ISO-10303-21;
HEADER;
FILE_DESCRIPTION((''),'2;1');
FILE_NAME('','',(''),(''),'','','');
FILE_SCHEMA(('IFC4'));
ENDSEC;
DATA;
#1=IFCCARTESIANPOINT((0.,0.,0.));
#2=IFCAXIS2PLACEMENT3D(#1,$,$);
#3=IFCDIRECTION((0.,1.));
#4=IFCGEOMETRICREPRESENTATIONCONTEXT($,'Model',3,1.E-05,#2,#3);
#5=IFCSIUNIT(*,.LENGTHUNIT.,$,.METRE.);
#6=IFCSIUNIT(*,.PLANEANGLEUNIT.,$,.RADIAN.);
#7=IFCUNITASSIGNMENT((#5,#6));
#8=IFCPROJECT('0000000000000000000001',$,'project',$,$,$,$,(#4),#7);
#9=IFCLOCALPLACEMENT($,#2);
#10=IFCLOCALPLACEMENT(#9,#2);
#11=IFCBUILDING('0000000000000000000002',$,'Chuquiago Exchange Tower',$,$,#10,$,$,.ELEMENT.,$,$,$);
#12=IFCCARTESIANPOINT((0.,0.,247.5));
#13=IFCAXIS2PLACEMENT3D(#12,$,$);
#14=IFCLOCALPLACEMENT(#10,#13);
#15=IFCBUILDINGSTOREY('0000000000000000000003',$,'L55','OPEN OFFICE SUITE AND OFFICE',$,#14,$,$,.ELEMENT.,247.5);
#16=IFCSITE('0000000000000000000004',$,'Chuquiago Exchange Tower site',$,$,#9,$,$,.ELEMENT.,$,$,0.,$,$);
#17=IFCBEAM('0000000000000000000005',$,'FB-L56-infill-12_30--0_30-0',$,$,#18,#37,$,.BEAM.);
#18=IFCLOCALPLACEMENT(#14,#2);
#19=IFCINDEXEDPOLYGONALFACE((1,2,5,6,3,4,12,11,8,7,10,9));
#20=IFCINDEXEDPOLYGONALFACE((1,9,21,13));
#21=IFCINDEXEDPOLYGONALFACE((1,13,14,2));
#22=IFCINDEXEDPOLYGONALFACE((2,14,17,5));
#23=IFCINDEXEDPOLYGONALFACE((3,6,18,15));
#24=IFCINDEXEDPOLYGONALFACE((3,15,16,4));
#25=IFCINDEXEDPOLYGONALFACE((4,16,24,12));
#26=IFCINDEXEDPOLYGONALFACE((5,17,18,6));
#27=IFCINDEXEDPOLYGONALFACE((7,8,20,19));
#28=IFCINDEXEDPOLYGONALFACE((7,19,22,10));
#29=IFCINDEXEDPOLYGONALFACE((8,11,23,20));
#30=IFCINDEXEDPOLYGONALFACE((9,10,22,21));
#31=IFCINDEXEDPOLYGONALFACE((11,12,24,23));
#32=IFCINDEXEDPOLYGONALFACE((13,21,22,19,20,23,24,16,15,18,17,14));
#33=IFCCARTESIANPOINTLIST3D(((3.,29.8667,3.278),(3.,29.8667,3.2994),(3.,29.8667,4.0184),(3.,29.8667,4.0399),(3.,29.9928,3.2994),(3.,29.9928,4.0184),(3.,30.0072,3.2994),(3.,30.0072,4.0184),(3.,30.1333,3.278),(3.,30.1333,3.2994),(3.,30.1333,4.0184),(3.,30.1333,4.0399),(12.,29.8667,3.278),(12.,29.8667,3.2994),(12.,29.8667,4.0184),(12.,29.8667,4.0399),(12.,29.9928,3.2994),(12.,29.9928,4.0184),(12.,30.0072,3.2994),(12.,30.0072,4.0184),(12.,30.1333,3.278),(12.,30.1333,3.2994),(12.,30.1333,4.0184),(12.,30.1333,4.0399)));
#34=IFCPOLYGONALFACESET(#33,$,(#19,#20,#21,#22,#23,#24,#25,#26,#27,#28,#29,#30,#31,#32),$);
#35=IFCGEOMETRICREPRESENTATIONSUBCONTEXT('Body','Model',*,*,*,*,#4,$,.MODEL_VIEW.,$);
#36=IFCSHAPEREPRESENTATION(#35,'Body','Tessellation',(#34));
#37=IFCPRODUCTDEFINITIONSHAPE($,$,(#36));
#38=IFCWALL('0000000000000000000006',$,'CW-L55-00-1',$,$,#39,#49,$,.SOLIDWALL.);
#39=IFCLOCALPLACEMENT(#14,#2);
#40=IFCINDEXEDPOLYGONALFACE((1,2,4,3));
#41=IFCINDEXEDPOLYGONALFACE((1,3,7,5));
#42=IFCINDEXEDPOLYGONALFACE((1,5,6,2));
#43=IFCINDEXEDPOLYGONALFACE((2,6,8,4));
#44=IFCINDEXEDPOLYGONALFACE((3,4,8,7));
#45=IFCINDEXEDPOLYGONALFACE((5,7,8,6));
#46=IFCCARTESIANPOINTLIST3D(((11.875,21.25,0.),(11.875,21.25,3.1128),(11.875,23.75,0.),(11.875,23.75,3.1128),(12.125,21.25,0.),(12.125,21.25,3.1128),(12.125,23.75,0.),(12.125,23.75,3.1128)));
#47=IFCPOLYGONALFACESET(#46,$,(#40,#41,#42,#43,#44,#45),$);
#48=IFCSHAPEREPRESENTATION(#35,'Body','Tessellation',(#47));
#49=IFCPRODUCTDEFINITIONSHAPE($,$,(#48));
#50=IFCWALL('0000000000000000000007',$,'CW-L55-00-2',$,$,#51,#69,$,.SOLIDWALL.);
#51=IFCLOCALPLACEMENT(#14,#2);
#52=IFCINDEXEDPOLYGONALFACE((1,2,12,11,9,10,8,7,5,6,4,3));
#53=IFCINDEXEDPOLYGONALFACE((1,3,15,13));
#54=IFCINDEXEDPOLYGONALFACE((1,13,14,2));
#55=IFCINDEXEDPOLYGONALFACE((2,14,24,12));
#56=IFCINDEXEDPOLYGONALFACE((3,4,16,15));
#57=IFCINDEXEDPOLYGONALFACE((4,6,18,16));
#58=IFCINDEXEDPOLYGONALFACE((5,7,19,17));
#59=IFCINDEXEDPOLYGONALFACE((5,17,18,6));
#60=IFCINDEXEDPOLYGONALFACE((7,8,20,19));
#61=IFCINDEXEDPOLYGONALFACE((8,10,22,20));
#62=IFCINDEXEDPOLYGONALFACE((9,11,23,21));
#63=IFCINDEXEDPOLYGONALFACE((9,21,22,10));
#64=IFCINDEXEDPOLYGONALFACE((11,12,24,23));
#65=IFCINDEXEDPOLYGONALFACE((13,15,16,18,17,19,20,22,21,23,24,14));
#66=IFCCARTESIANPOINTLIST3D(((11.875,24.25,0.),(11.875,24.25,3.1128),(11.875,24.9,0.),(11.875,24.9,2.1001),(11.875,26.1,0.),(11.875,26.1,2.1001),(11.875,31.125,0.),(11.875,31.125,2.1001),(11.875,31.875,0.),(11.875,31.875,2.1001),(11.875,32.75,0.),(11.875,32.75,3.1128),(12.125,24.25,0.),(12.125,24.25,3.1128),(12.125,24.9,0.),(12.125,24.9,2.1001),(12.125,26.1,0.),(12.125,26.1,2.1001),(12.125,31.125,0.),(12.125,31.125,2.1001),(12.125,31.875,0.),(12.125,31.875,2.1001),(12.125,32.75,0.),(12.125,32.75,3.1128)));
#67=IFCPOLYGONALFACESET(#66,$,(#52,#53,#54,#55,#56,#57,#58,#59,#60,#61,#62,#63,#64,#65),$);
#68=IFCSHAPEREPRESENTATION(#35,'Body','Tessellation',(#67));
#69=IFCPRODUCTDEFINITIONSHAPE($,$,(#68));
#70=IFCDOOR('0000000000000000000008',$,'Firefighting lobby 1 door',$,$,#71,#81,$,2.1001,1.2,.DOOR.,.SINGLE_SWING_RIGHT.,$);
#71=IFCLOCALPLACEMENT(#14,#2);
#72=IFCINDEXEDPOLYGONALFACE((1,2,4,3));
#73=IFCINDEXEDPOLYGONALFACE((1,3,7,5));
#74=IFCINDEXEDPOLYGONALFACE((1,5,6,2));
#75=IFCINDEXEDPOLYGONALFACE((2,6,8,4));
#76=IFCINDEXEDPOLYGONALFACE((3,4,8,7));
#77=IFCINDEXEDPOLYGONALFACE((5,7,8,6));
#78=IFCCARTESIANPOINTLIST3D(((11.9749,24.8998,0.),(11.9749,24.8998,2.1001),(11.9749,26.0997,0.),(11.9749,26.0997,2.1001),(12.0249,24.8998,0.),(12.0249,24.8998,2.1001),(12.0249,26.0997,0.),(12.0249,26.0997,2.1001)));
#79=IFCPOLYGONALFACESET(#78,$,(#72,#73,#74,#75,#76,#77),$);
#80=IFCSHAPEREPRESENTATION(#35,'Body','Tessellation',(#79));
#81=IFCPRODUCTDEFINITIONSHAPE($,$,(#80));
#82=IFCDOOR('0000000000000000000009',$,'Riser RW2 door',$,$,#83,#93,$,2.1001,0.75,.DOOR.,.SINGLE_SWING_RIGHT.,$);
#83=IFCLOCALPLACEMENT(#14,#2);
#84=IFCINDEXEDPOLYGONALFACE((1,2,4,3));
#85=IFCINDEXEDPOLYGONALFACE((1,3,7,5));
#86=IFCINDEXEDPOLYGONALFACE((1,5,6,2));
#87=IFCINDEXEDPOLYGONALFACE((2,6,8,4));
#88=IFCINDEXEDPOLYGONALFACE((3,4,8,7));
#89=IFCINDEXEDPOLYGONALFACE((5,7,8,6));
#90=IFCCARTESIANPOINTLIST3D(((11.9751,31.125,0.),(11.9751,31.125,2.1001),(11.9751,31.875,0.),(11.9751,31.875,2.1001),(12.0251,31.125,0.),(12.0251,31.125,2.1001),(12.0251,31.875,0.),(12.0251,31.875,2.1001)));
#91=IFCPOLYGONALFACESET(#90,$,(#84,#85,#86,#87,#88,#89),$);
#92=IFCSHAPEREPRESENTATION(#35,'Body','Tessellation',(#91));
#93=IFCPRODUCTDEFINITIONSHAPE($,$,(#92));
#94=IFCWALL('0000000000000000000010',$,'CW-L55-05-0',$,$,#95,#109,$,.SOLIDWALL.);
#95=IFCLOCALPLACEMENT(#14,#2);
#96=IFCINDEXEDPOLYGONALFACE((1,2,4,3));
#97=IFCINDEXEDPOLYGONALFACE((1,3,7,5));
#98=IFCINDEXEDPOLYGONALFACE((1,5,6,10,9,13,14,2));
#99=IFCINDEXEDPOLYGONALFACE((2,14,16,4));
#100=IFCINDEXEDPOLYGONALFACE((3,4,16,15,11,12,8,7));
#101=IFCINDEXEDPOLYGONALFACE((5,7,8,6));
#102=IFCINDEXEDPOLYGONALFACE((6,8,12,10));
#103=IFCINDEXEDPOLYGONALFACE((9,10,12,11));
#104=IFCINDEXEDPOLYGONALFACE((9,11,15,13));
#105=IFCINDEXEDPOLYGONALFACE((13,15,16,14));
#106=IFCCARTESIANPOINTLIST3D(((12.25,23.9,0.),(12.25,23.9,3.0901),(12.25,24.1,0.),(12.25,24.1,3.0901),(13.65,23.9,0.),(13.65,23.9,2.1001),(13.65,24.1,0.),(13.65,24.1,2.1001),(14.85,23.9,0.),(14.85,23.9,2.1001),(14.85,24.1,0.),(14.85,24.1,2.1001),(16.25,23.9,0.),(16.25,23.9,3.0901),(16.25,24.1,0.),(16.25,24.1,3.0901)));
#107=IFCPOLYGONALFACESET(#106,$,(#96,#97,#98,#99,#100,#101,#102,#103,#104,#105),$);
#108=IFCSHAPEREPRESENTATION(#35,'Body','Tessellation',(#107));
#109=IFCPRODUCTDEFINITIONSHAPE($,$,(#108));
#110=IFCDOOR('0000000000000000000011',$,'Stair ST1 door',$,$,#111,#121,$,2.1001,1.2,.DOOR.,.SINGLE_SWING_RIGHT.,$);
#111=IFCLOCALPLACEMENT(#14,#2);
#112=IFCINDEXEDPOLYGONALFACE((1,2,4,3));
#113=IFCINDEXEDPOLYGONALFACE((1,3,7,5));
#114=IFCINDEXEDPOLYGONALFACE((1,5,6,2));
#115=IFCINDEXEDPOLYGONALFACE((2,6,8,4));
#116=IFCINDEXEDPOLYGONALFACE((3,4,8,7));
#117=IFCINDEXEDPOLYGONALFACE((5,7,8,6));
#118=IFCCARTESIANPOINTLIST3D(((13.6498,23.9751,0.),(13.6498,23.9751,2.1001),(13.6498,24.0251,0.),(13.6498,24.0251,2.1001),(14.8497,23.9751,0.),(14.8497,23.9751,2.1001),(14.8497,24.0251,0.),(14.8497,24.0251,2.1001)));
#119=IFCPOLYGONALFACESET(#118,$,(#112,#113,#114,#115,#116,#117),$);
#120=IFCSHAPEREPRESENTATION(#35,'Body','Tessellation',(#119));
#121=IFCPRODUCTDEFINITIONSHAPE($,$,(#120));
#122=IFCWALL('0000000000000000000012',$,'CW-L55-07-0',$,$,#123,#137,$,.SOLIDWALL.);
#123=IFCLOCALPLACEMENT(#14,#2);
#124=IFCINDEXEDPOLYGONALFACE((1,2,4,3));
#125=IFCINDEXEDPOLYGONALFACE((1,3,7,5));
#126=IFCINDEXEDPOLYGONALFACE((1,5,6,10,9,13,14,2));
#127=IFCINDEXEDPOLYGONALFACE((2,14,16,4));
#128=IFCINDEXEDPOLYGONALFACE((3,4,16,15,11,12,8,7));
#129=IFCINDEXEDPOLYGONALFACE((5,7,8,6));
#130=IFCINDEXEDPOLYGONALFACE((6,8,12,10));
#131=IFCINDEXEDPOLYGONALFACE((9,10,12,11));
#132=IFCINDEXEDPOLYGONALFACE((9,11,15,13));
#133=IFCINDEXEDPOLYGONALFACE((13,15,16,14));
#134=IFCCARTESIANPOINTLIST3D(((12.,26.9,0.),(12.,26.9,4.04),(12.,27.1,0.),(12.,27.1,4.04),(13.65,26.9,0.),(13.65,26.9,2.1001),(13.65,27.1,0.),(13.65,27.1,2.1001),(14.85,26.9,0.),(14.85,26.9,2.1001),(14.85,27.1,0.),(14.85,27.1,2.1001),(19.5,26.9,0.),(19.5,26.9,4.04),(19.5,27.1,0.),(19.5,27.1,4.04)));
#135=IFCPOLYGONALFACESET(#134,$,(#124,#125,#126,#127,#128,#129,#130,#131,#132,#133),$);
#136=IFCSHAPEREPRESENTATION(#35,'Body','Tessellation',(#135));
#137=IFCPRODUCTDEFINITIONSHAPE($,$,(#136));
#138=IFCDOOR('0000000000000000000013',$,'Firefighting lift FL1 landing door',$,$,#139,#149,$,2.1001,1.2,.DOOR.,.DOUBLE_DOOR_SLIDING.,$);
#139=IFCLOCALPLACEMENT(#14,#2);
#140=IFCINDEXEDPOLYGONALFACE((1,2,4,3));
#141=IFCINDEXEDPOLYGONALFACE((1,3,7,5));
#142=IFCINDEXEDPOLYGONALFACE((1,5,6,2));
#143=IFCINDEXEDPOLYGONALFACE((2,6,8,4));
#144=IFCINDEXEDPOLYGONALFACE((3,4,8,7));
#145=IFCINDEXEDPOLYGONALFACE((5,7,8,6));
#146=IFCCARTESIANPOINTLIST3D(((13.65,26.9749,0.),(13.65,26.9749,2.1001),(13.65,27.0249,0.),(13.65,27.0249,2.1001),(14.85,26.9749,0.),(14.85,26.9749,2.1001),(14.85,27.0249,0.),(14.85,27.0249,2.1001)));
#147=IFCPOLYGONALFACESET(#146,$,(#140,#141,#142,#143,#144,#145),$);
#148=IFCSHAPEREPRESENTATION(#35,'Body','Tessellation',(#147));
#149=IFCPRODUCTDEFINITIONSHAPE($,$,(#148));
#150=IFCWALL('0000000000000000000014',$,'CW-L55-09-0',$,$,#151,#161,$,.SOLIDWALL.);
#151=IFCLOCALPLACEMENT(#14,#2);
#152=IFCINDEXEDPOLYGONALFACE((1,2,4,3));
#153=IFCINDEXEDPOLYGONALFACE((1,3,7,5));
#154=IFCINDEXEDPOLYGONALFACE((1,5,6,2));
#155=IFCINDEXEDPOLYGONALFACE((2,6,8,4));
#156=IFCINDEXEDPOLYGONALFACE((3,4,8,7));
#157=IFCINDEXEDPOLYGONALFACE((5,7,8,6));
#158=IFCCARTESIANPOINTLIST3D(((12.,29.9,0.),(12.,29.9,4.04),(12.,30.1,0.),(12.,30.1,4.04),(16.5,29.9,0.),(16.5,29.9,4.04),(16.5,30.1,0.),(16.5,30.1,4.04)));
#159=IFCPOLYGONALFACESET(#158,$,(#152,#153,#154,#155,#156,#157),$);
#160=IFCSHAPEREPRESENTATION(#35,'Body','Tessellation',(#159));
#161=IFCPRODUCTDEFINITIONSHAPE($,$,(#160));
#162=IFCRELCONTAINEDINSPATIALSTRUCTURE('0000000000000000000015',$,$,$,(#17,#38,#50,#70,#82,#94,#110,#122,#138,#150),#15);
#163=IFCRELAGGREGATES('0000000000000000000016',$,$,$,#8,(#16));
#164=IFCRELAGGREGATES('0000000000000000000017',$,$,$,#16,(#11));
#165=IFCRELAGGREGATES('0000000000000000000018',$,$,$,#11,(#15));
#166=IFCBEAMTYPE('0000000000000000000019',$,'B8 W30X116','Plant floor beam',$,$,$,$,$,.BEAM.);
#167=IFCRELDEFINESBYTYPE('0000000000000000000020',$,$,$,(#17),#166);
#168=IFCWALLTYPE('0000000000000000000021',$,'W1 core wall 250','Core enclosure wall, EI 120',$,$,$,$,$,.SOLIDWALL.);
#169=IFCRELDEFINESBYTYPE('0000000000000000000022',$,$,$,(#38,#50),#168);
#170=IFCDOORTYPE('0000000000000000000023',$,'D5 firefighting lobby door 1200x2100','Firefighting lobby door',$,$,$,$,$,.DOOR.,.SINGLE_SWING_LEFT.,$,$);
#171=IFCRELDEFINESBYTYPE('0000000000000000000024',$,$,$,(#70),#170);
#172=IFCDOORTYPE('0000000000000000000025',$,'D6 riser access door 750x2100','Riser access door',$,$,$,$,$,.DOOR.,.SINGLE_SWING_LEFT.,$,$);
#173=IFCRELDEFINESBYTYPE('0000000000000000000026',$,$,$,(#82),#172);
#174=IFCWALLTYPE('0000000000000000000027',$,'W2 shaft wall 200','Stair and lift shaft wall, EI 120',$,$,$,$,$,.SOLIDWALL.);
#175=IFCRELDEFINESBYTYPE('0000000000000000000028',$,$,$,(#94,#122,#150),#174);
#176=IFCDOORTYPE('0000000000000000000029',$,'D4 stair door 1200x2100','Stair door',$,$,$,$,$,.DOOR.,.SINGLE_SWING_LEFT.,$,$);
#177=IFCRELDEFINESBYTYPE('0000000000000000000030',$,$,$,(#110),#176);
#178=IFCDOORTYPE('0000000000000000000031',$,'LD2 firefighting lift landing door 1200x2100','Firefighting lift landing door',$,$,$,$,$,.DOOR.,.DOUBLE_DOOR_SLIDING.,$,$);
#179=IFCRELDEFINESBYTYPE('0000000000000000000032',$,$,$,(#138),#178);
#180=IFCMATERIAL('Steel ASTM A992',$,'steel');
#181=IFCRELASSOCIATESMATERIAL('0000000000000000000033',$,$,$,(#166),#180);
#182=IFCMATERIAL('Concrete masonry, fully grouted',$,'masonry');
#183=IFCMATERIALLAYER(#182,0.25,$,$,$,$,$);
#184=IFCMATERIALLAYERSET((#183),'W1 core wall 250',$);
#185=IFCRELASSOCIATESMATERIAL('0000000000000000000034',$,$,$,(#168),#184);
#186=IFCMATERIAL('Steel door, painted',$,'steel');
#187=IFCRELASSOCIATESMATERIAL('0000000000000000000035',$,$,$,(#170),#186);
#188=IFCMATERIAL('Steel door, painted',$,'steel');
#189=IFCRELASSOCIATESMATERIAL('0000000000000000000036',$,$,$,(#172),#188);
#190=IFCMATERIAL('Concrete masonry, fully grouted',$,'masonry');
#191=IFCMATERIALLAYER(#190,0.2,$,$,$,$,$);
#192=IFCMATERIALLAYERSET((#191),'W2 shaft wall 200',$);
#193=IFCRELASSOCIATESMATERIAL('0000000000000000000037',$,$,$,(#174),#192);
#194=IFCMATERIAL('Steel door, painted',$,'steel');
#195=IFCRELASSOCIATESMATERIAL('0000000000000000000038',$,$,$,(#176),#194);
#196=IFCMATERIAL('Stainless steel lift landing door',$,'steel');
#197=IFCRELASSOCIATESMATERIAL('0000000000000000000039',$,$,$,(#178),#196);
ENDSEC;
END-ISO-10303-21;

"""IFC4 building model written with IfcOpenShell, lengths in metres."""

from ifc_helpers import new_model, si_unit, direction, frame, frame_2d, origin, origin_2d, place, context, subcontext, project, spatial, rectangle, i_section, extrude, material, layer, layer_set, material_profile, profile_set, type_object, element, fill, save


model = new_model("IFC4")

# Units and contexts
model_context = context("Model", 3, precision=1e-05, world=origin(), true_north=direction((0.0, 1.0)))
body_context = subcontext(model_context, "Body", "Model", "MODEL_VIEW")
ifc_project = project(units=[si_unit("LENGTHUNIT", "METRE"), si_unit("PLANEANGLEUNIT", "RADIAN")], contexts=[model_context])

# Site, building, storey
site_placement = place(None, origin())
site = spatial("IfcSite", under=ifc_project, at=site_placement, Name="Chuquiago Exchange Tower site", CompositionType="ELEMENT", RefElevation=0.0)
building_placement = place(site_placement, origin())
building = spatial("IfcBuilding", under=site, at=building_placement, Name="Chuquiago Exchange Tower", CompositionType="ELEMENT")
storey_placement = place(building_placement, frame((0.0, 0.0, 247.5)))
storey = spatial("IfcBuildingStorey", under=building, at=storey_placement, Name="L55", Description="OPEN OFFICE SUITE AND OFFICE", CompositionType="ELEMENT", Elevation=247.5)

# Beam
ifc_material_1 = material(Name="Steel ASTM A992", Category="steel")
ifc_material_profile_1 = material_profile(ifc_material_1, i_section(OverallWidth=0.2666, OverallDepth=0.762, WebThickness=0.0144, FlangeThickness=0.0215, at=origin_2d()), Name="W30X116")
ifc_profile_set_1 = profile_set([ifc_material_profile_1], Name="Steel ASTM A992")
beam_type_1 = type_object("IfcBeamType", Name="B8 W30X116", Description="Plant floor beam", PredefinedType="BEAM", material=ifc_profile_set_1)
beam_1_placement = place(storey_placement, frame((12.0, 30.0, 3.6589), z_axis=(-1.0, 0.0, 0.0), x_axis=(0.0, -1.0, 0.0)))
element("IfcBeam", 1, at=beam_1_placement, inside=storey, type_object=beam_type_1, Name="FB-L56-infill-12_30--0_30-0", PredefinedType="BEAM", context=body_context, shape_type="SweptSolid", body=[
    extrude(i_section(OverallWidth=0.2666, OverallDepth=0.762, WebThickness=0.0144, FlangeThickness=0.0215, at=origin_2d()), origin(), (0.0, 0.0, 1.0), 9.0),
])

# Wall
ifc_material_2 = material(Name="Concrete masonry, fully grouted", Category="masonry")
ifc_layer_1 = layer(ifc_material_2, 0.25)
ifc_layer_set_1 = layer_set([ifc_layer_1], Name="W1 core wall 250")
wall_type_1 = type_object("IfcWallType", Name="W1 core wall 250", Description="Core enclosure wall, EI 120", PredefinedType="SOLIDWALL", material=ifc_layer_set_1)
wall_1_placement = place(storey_placement, frame((12.0, 21.25, 0.0), z_axis=(0.0, 0.0, 1.0), x_axis=(0.0, 1.0, 0.0)))
element("IfcWall", 2, at=wall_1_placement, inside=storey, type_object=wall_type_1, Name="CW-L55-00-1", PredefinedType="SOLIDWALL", context=body_context, shape_type="SweptSolid", body=[
    extrude(rectangle(XDim=2.5, YDim=0.25, at=frame_2d((1.25, 0.0))), origin(), (0.0, 0.0, 1.0), 3.1128),
])

# Wall, openings, doors
wall_2_placement = place(storey_placement, frame((12.0, 24.25, 0.0), z_axis=(0.0, 0.0, 1.0), x_axis=(0.0, 1.0, 0.0)))
wall_2 = element("IfcWall", 3, at=wall_2_placement, inside=storey, type_object=wall_type_1, Name="CW-L55-00-2", PredefinedType="SOLIDWALL", context=body_context, shape_type="SweptSolid", body=[
    extrude(rectangle(XDim=8.5, YDim=0.25, at=frame_2d((4.25, 0.0))), origin(), (0.0, 0.0, 1.0), 3.1128),
])
opening_1_placement = place(wall_2_placement, frame((0.6499, 0.0, 0.0)))
opening_1 = element("IfcOpeningElement", 4, at=opening_1_placement, cuts=wall_2, PredefinedType="OPENING", context=body_context, shape_type="SweptSolid", body=[
    extrude(rectangle(XDim=1.2, YDim=2.1001, at=frame_2d((0.6001, 1.05))), frame((0.0, 0.135, 0.0), z_axis=(0.0, -1.0, 0.0), x_axis=(1.0, 0.0, 0.0)), (0.0, 0.0, 1.0), 0.27),
])
opening_2_placement = place(wall_2_placement, frame((6.875, 0.0, 0.0)))
opening_2 = element("IfcOpeningElement", 5, at=opening_2_placement, cuts=wall_2, PredefinedType="OPENING", context=body_context, shape_type="SweptSolid", body=[
    extrude(rectangle(XDim=0.75, YDim=2.1001, at=frame_2d((0.375, 1.05))), frame((0.0, 0.135, 0.0), z_axis=(0.0, -1.0, 0.0), x_axis=(1.0, 0.0, 0.0)), (0.0, 0.0, 1.0), 0.27),
])
ifc_material_3 = material(Name="Steel door, painted", Category="steel")
door_type_1 = type_object("IfcDoorType", Name="D5 firefighting lobby door 1200x2100", Description="Firefighting lobby door", OperationType="SINGLE_SWING_LEFT", PredefinedType="DOOR", material=ifc_material_3)
door_1_placement = place(opening_1_placement, frame((1.2, 0.0, 0.0), z_axis=(0.0, 0.0, 1.0), x_axis=(-1.0, 0.0, 0.0)))
door_1 = element("IfcDoor", 6, at=door_1_placement, inside=storey, type_object=door_type_1, Name="Firefighting lobby 1 door", OperationType="SINGLE_SWING_RIGHT", OverallHeight=2.1001, OverallWidth=1.2, PredefinedType="DOOR", context=body_context, shape_type="SweptSolid", body=[
    extrude(rectangle(XDim=1.2, YDim=2.1001, at=frame_2d((0.6001, 1.05))), frame((0.0, 0.0249, 0.0), z_axis=(0.0, -1.0, 0.0), x_axis=(1.0, 0.0, 0.0)), (0.0, 0.0, 1.0), 0.05),
])
fill(opening_1, door_1)
ifc_material_4 = material(Name="Steel door, painted", Category="steel")
door_type_2 = type_object("IfcDoorType", Name="D6 riser access door 750x2100", Description="Riser access door", OperationType="SINGLE_SWING_LEFT", PredefinedType="DOOR", material=ifc_material_4)
door_2_placement = place(opening_2_placement, origin())
door_2 = element("IfcDoor", 7, at=door_2_placement, inside=storey, type_object=door_type_2, Name="Riser RW2 door", OperationType="SINGLE_SWING_RIGHT", OverallHeight=2.1001, OverallWidth=0.75, PredefinedType="DOOR", context=body_context, shape_type="SweptSolid", body=[
    extrude(rectangle(XDim=0.75, YDim=2.1001, at=frame_2d((0.375, 1.05))), frame((0.0, 0.0249, 0.0), z_axis=(0.0, -1.0, 0.0), x_axis=(1.0, 0.0, 0.0)), (0.0, 0.0, 1.0), 0.05),
])
fill(opening_2, door_2)

# Walls, openings, doors
ifc_material_5 = material(Name="Concrete masonry, fully grouted", Category="masonry")
ifc_layer_2 = layer(ifc_material_5, 0.2)
ifc_layer_set_2 = layer_set([ifc_layer_2], Name="W2 shaft wall 200")
wall_type_2 = type_object("IfcWallType", Name="W2 shaft wall 200", Description="Stair and lift shaft wall, EI 120", PredefinedType="SOLIDWALL", material=ifc_layer_set_2)
wall_3_placement = place(storey_placement, frame((12.25, 24.0, 0.0), z_axis=(0.0, 0.0, 1.0), x_axis=(1.0, 0.0, 0.0)))
wall_3 = element("IfcWall", 8, at=wall_3_placement, inside=storey, type_object=wall_type_2, Name="CW-L55-05-0", PredefinedType="SOLIDWALL", context=body_context, shape_type="SweptSolid", body=[
    extrude(rectangle(XDim=4.0, YDim=0.2, at=frame_2d((2.0, 0.0))), origin(), (0.0, 0.0, 1.0), 3.0901),
])
opening_3_placement = place(wall_3_placement, frame((1.3999, 0.0, 0.0)))
opening_3 = element("IfcOpeningElement", 9, at=opening_3_placement, cuts=wall_3, PredefinedType="OPENING", context=body_context, shape_type="SweptSolid", body=[
    extrude(rectangle(XDim=1.2, YDim=2.1001, at=frame_2d((0.6001, 1.05))), frame((0.0, 0.1099, 0.0), z_axis=(0.0, -1.0, 0.0), x_axis=(1.0, 0.0, 0.0)), (0.0, 0.0, 1.0), 0.22),
])
ifc_material_6 = material(Name="Steel door, painted", Category="steel")
door_type_3 = type_object("IfcDoorType", Name="D4 stair door 1200x2100", Description="Stair door", OperationType="SINGLE_SWING_LEFT", PredefinedType="DOOR", material=ifc_material_6)
door_3_placement = place(opening_3_placement, frame((1.2, 0.0, 0.0), z_axis=(0.0, 0.0, 1.0), x_axis=(-1.0, 0.0, 0.0)))
door_3 = element("IfcDoor", 10, at=door_3_placement, inside=storey, type_object=door_type_3, Name="Stair ST1 door", OperationType="SINGLE_SWING_RIGHT", OverallHeight=2.1001, OverallWidth=1.2, PredefinedType="DOOR", context=body_context, shape_type="SweptSolid", body=[
    extrude(rectangle(XDim=1.2, YDim=2.1001, at=frame_2d((0.6001, 1.05))), frame((0.0, 0.0249, 0.0), z_axis=(0.0, -1.0, 0.0), x_axis=(1.0, 0.0, 0.0)), (0.0, 0.0, 1.0), 0.05),
])
fill(opening_3, door_3)
wall_4_placement = place(storey_placement, frame((12.0, 27.0, 0.0), z_axis=(0.0, 0.0, 1.0), x_axis=(1.0, 0.0, 0.0)))
wall_4 = element("IfcWall", 11, at=wall_4_placement, inside=storey, type_object=wall_type_2, Name="CW-L55-07-0", PredefinedType="SOLIDWALL", context=body_context, shape_type="SweptSolid", body=[
    extrude(rectangle(XDim=7.5, YDim=0.2, at=frame_2d((3.75, 0.0))), origin(), (0.0, 0.0, 1.0), 4.04),
])
opening_4_placement = place(wall_4_placement, frame((1.6499, 0.0, 0.0)))
opening_4 = element("IfcOpeningElement", 12, at=opening_4_placement, cuts=wall_4, PredefinedType="OPENING", context=body_context, shape_type="SweptSolid", body=[
    extrude(rectangle(XDim=1.2, YDim=2.1001, at=frame_2d((0.6001, 1.05))), frame((0.0, 0.1099, 0.0), z_axis=(0.0, -1.0, 0.0), x_axis=(1.0, 0.0, 0.0)), (0.0, 0.0, 1.0), 0.22),
])
ifc_material_7 = material(Name="Stainless steel lift landing door", Category="steel")
door_type_4 = type_object("IfcDoorType", Name="LD2 firefighting lift landing door 1200x2100", Description="Firefighting lift landing door", OperationType="DOUBLE_DOOR_SLIDING", PredefinedType="DOOR", material=ifc_material_7)
door_4_placement = place(opening_4_placement, origin())
door_4 = element("IfcDoor", 13, at=door_4_placement, inside=storey, type_object=door_type_4, Name="Firefighting lift FL1 landing door", OperationType="DOUBLE_DOOR_SLIDING", OverallHeight=2.1001, OverallWidth=1.2, PredefinedType="DOOR", context=body_context, shape_type="SweptSolid", body=[
    extrude(rectangle(XDim=1.2, YDim=2.1001, at=frame_2d((0.6001, 1.05))), frame((0.0, 0.0249, 0.0), z_axis=(0.0, -1.0, 0.0), x_axis=(1.0, 0.0, 0.0)), (0.0, 0.0, 1.0), 0.05),
])
fill(opening_4, door_4)

# Wall
wall_5_placement = place(storey_placement, frame((12.0, 30.0, 0.0), z_axis=(0.0, 0.0, 1.0), x_axis=(1.0, 0.0, 0.0)))
element("IfcWall", 14, at=wall_5_placement, inside=storey, type_object=wall_type_2, Name="CW-L55-09-0", PredefinedType="SOLIDWALL", context=body_context, shape_type="SweptSolid", body=[
    extrude(rectangle(XDim=4.5, YDim=0.2, at=frame_2d((2.25, 0.0))), origin(), (0.0, 0.0, 1.0), 4.04),
])

save(model, "model.ifc")
